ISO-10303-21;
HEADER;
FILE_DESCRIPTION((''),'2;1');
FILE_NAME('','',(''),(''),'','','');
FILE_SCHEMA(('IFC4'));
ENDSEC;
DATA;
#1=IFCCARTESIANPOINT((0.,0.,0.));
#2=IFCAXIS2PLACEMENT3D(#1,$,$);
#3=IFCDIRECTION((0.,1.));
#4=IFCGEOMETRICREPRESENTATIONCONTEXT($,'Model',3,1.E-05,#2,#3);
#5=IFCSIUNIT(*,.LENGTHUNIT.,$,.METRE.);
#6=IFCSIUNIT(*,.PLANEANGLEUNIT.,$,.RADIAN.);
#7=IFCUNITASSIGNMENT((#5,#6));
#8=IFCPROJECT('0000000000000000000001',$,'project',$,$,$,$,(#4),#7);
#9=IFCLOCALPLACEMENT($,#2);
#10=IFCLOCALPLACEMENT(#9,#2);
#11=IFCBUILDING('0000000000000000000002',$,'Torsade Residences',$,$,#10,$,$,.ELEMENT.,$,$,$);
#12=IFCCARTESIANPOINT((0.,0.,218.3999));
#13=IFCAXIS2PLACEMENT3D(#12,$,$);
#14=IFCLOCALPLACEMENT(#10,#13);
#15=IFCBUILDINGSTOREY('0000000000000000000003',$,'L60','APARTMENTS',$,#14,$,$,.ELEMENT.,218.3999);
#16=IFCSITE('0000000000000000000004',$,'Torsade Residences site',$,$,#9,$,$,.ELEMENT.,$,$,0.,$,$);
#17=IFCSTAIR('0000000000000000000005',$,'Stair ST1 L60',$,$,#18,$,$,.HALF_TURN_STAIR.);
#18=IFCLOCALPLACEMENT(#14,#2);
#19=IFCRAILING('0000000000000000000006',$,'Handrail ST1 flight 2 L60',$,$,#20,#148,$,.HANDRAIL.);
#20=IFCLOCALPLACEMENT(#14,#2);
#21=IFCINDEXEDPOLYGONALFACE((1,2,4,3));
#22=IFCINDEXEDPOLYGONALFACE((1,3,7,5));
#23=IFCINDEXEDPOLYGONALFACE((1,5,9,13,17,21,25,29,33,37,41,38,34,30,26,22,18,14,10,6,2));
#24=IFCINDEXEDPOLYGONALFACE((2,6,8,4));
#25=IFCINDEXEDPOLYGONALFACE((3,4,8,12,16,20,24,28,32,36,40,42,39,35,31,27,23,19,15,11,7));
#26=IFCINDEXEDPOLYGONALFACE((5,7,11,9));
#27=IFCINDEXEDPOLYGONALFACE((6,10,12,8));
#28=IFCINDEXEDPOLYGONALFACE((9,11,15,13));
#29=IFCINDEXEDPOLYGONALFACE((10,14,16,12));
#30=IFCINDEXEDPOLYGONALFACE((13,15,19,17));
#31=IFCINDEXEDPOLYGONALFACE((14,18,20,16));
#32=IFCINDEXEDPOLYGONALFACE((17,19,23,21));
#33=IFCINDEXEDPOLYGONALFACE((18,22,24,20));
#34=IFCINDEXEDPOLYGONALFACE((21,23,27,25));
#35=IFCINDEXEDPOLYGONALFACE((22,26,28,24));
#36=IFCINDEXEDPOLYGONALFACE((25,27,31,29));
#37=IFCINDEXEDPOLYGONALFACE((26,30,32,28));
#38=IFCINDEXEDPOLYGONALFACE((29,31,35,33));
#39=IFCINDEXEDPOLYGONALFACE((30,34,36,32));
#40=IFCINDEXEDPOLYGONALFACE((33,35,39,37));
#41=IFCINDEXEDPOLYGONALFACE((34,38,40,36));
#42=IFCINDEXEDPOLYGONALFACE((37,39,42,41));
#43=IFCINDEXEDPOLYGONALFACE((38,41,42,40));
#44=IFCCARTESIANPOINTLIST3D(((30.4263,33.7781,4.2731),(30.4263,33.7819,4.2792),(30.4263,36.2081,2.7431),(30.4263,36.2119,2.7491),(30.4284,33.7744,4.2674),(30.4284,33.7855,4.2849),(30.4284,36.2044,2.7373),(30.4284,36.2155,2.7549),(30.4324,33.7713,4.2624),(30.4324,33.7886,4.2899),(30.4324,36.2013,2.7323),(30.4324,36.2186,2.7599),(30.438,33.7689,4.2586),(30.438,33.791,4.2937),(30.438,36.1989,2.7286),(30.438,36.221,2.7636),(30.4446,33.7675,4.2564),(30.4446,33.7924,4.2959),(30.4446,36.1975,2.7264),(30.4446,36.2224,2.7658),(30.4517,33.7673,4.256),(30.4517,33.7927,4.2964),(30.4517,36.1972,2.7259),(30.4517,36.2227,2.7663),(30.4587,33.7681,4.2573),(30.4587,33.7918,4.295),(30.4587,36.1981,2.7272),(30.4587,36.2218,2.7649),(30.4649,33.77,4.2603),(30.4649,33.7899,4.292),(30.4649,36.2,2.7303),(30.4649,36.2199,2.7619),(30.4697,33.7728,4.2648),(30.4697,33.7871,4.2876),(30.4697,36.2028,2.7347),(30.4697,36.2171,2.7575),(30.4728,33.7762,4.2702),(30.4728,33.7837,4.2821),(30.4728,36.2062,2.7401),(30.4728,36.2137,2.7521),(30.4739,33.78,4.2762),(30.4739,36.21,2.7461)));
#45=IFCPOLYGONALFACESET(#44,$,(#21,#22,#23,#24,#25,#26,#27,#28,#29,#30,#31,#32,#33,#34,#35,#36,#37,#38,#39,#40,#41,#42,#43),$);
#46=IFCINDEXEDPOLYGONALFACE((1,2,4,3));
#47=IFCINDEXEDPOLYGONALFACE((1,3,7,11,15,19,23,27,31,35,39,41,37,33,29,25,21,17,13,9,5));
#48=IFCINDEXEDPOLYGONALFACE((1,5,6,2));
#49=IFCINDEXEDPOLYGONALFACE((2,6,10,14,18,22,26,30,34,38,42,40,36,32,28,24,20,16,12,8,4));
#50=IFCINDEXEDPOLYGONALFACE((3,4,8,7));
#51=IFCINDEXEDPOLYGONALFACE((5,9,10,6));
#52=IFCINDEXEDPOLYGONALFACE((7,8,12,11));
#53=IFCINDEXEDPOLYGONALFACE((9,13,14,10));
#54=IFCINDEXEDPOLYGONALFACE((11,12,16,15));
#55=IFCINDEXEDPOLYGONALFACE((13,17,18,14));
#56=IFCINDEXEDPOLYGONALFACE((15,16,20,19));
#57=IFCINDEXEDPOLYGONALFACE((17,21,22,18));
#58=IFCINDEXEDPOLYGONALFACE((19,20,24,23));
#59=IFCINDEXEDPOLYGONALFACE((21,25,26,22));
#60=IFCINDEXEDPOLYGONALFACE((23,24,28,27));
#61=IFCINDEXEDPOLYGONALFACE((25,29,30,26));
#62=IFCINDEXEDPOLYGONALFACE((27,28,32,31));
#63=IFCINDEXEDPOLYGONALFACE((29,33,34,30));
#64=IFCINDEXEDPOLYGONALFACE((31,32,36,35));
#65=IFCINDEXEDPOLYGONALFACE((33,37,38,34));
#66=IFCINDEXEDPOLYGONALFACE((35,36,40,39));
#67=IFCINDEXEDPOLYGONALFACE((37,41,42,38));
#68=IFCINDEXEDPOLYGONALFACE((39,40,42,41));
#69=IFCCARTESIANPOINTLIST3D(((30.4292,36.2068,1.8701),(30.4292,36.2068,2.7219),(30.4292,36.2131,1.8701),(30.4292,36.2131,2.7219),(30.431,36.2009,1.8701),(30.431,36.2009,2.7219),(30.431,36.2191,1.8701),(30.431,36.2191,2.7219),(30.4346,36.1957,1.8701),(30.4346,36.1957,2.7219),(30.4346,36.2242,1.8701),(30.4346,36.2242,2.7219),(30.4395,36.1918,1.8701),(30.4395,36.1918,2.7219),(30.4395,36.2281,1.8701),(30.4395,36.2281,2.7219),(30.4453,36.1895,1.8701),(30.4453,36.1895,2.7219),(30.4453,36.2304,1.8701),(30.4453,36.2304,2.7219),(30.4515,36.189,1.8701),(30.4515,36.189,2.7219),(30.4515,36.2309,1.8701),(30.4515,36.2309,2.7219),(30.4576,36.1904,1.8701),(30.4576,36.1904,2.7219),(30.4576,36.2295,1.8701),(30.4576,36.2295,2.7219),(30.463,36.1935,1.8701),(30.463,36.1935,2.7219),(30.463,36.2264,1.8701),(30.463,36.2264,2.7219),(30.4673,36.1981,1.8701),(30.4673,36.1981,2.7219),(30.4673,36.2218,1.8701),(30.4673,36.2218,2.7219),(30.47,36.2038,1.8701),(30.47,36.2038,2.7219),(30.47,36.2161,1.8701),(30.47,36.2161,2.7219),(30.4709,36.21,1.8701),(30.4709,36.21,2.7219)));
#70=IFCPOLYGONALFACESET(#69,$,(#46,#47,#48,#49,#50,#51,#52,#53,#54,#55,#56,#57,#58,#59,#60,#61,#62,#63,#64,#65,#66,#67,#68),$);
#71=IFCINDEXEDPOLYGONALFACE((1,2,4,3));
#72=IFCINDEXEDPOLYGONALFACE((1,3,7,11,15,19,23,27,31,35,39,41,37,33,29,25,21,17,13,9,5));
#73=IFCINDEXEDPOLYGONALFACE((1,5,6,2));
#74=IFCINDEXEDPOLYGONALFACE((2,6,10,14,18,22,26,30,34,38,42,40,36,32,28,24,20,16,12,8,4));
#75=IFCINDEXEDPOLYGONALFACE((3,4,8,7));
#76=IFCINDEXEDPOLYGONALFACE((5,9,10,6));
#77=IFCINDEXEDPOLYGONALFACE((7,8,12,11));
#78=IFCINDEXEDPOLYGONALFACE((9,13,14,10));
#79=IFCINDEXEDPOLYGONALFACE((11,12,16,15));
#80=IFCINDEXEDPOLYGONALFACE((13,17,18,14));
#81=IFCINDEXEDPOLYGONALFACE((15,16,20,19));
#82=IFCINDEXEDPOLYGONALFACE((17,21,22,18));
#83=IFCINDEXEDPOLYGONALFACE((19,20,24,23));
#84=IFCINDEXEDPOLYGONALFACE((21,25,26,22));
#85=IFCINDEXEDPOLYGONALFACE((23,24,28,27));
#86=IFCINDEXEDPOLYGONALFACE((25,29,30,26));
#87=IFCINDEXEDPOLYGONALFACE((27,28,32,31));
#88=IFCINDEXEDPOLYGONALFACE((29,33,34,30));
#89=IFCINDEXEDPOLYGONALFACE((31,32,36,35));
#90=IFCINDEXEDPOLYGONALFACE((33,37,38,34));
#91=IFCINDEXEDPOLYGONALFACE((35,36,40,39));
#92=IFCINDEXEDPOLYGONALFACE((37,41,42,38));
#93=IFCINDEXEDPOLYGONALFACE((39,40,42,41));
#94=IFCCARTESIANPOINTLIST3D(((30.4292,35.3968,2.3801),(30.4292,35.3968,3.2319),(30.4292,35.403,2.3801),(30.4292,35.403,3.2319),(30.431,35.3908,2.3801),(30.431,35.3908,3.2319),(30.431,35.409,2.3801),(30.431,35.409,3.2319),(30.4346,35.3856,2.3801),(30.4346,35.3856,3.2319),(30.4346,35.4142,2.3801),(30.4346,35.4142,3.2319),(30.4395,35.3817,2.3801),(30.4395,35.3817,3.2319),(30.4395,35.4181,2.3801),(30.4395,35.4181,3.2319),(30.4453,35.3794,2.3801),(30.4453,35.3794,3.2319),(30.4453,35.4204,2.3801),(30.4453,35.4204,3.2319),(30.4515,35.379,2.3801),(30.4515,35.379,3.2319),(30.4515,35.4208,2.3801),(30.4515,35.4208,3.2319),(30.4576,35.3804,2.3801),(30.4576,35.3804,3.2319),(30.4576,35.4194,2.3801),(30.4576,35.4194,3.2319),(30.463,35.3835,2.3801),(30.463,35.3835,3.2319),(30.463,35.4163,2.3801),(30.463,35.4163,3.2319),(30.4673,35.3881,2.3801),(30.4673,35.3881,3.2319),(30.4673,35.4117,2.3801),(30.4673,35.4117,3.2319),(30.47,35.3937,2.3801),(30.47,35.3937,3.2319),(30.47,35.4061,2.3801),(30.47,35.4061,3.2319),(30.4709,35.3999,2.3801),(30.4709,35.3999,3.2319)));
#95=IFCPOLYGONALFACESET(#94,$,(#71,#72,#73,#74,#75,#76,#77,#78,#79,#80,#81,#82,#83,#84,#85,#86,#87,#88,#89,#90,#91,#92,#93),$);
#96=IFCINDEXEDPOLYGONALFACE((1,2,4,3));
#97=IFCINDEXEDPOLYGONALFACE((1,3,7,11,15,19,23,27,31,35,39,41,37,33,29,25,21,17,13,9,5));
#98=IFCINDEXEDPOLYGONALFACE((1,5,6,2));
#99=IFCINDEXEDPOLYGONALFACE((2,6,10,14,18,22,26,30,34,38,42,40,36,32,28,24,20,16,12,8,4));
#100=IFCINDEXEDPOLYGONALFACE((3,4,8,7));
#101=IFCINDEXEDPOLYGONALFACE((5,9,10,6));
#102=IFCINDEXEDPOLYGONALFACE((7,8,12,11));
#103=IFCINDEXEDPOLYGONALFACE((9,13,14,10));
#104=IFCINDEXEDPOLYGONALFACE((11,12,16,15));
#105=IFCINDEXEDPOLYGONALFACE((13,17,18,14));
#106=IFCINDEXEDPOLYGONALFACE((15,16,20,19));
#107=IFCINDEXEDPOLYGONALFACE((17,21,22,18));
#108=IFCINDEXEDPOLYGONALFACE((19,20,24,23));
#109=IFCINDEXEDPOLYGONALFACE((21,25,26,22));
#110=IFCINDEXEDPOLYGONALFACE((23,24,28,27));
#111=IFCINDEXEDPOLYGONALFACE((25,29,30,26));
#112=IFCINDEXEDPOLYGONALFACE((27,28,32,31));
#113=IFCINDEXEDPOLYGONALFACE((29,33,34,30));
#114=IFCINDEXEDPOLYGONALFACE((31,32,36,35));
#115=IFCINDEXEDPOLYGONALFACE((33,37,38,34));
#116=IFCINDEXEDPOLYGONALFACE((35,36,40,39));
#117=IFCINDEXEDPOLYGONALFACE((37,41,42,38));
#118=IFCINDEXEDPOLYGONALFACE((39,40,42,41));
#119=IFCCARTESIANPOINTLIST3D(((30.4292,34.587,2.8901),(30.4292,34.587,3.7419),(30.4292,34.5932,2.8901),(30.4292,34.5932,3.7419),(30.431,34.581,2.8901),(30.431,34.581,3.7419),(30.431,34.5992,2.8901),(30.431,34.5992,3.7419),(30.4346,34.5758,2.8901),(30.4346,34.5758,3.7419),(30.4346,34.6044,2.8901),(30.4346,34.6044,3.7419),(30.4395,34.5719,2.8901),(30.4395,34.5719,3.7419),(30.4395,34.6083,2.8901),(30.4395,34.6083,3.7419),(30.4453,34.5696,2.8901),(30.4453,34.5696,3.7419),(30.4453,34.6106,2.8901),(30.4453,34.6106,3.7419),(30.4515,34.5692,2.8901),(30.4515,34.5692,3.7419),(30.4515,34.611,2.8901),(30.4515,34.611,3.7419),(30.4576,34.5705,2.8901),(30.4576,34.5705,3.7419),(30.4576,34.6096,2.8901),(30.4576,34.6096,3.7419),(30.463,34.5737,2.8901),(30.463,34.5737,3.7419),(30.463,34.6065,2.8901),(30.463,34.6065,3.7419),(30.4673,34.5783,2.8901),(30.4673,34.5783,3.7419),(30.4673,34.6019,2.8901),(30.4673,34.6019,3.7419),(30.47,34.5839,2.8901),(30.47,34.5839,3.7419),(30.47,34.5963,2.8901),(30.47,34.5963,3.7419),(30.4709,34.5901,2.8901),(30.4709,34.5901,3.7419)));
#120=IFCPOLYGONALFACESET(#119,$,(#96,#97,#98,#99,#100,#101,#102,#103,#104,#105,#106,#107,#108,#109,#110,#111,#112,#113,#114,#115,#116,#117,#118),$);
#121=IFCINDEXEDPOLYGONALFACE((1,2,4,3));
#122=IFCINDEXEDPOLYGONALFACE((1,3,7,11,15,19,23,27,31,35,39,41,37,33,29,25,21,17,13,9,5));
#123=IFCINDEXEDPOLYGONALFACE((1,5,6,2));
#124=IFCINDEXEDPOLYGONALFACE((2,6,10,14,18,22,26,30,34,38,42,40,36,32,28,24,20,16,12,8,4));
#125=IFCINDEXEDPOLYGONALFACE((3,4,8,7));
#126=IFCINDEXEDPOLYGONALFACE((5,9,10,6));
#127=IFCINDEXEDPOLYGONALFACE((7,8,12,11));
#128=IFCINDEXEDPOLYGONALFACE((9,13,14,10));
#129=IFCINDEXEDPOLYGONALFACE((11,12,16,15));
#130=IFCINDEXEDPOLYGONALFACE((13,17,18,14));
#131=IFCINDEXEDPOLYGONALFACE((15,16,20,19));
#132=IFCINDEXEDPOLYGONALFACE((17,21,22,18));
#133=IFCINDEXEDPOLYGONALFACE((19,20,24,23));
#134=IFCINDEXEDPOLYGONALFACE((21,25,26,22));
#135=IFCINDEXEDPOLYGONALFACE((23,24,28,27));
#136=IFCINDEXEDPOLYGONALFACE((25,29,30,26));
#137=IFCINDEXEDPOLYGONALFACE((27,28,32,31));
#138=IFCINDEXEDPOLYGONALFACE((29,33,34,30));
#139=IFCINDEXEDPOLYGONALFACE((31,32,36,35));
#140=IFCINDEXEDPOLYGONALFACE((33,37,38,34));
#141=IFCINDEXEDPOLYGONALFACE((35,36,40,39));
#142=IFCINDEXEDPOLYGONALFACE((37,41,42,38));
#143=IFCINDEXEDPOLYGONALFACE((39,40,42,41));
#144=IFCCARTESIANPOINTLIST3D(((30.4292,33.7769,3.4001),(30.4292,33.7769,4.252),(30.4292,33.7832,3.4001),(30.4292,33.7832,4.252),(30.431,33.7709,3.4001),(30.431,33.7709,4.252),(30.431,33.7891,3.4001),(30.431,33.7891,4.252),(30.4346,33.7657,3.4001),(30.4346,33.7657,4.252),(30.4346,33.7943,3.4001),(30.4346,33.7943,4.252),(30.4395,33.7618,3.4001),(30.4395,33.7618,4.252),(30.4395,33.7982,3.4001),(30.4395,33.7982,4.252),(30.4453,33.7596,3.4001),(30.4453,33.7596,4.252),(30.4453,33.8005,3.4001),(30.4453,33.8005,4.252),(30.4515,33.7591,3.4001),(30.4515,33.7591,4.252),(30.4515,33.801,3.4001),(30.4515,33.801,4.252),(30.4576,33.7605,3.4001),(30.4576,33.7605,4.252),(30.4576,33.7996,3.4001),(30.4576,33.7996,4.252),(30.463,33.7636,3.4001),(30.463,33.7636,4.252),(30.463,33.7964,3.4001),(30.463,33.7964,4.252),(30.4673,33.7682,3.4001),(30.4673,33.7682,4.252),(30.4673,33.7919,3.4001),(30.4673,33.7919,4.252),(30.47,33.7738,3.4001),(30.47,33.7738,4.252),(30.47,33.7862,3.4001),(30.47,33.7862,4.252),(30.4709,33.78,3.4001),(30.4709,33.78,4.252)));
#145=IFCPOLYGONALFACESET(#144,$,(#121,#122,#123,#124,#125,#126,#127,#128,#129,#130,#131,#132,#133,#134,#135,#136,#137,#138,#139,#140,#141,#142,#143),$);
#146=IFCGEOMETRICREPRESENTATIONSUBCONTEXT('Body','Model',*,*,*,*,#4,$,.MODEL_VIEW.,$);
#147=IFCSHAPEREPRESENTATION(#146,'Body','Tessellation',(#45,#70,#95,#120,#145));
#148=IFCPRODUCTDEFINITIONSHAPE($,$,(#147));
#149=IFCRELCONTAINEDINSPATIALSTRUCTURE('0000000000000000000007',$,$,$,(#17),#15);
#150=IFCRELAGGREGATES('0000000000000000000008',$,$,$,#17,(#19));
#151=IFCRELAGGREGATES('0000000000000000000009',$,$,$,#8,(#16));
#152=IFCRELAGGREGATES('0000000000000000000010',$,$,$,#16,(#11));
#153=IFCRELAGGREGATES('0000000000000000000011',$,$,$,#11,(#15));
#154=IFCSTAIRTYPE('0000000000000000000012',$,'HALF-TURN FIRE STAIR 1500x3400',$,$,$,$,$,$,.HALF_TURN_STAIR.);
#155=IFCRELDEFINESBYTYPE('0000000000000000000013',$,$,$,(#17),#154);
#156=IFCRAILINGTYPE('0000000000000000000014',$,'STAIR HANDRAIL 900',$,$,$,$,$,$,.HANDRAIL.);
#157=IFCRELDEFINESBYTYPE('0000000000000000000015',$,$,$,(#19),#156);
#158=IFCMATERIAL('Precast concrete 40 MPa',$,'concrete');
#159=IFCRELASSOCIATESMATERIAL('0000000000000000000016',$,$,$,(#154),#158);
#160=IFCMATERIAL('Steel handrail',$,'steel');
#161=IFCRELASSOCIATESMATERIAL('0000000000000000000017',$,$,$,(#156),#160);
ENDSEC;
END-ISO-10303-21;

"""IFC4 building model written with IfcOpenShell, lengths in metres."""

from ifc_helpers import new_model, si_unit, direction, frame, origin, origin_2d, place, context, subcontext, project, spatial, circle, extrude, material, type_object, element, aggregate, save


model = new_model("IFC4")

# Units and contexts
model_context = context("Model", 3, precision=1e-05, world=origin(), true_north=direction((0.0, 1.0)))
body_context = subcontext(model_context, "Body", "Model", "MODEL_VIEW")
ifc_project = project(units=[si_unit("LENGTHUNIT", "METRE"), si_unit("PLANEANGLEUNIT", "RADIAN")], contexts=[model_context])

# Site, building, storey
site_placement = place(None, origin())
site = spatial("IfcSite", under=ifc_project, at=site_placement, Name="Torsade Residences site", CompositionType="ELEMENT", RefElevation=0.0)
building_placement = place(site_placement, origin())
building = spatial("IfcBuilding", under=site, at=building_placement, Name="Torsade Residences", CompositionType="ELEMENT")
storey_placement = place(building_placement, frame((0.0, 0.0, 218.3999)))
storey = spatial("IfcBuildingStorey", under=building, at=storey_placement, Name="L60", Description="APARTMENTS", CompositionType="ELEMENT", Elevation=218.3999)

# Stair, railing
ifc_material_1 = material(Name="Precast concrete 40 MPa", Category="concrete")
stair_type = type_object("IfcStairType", Name="HALF-TURN FIRE STAIR 1500x3400", PredefinedType="HALF_TURN_STAIR", material=ifc_material_1)
stair_placement = place(storey_placement, origin())
stair = element("IfcStair", 1, at=stair_placement, inside=storey, type_object=stair_type, Name="Stair ST1 L60", PredefinedType="HALF_TURN_STAIR")
ifc_material_2 = material(Name="Steel handrail", Category="steel")
railing_type = type_object("IfcRailingType", Name="STAIR HANDRAIL 900", PredefinedType="HANDRAIL", material=ifc_material_2)
railing_1_placement = place(storey_placement, frame((30.45, 36.21, 1.8701)))
railing_1 = element("IfcRailing", 2, at=railing_1_placement, type_object=railing_type, Name="Handrail ST1 flight 2 L60", PredefinedType="HANDRAIL", context=body_context, shape_type="SweptSolid", body=[
    extrude(circle(Radius=0.0239, at=origin_2d()), frame((0.0, 0.0, 0.876), z_axis=(0.0, -0.846221, 0.532831), x_axis=(1.0, 0.0, 0.0)), (0.0, 0.0, 1.0), 2.8716),
    extrude(circle(Radius=0.021, at=origin_2d()), origin(), (0.0, 0.0, 1.0), 0.8518),
    extrude(circle(Radius=0.021, at=origin_2d()), frame((0.0, -0.8101, 0.51)), (0.0, 0.0, 1.0), 0.8518),
    extrude(circle(Radius=0.021, at=origin_2d()), frame((0.0, -1.6199, 1.02)), (0.0, 0.0, 1.0), 0.8518),
    extrude(circle(Radius=0.021, at=origin_2d()), frame((0.0, -2.4299, 1.53)), (0.0, 0.0, 1.0), 0.8518),
])
aggregate(stair, [railing_1])

save(model, "model.ifc")
